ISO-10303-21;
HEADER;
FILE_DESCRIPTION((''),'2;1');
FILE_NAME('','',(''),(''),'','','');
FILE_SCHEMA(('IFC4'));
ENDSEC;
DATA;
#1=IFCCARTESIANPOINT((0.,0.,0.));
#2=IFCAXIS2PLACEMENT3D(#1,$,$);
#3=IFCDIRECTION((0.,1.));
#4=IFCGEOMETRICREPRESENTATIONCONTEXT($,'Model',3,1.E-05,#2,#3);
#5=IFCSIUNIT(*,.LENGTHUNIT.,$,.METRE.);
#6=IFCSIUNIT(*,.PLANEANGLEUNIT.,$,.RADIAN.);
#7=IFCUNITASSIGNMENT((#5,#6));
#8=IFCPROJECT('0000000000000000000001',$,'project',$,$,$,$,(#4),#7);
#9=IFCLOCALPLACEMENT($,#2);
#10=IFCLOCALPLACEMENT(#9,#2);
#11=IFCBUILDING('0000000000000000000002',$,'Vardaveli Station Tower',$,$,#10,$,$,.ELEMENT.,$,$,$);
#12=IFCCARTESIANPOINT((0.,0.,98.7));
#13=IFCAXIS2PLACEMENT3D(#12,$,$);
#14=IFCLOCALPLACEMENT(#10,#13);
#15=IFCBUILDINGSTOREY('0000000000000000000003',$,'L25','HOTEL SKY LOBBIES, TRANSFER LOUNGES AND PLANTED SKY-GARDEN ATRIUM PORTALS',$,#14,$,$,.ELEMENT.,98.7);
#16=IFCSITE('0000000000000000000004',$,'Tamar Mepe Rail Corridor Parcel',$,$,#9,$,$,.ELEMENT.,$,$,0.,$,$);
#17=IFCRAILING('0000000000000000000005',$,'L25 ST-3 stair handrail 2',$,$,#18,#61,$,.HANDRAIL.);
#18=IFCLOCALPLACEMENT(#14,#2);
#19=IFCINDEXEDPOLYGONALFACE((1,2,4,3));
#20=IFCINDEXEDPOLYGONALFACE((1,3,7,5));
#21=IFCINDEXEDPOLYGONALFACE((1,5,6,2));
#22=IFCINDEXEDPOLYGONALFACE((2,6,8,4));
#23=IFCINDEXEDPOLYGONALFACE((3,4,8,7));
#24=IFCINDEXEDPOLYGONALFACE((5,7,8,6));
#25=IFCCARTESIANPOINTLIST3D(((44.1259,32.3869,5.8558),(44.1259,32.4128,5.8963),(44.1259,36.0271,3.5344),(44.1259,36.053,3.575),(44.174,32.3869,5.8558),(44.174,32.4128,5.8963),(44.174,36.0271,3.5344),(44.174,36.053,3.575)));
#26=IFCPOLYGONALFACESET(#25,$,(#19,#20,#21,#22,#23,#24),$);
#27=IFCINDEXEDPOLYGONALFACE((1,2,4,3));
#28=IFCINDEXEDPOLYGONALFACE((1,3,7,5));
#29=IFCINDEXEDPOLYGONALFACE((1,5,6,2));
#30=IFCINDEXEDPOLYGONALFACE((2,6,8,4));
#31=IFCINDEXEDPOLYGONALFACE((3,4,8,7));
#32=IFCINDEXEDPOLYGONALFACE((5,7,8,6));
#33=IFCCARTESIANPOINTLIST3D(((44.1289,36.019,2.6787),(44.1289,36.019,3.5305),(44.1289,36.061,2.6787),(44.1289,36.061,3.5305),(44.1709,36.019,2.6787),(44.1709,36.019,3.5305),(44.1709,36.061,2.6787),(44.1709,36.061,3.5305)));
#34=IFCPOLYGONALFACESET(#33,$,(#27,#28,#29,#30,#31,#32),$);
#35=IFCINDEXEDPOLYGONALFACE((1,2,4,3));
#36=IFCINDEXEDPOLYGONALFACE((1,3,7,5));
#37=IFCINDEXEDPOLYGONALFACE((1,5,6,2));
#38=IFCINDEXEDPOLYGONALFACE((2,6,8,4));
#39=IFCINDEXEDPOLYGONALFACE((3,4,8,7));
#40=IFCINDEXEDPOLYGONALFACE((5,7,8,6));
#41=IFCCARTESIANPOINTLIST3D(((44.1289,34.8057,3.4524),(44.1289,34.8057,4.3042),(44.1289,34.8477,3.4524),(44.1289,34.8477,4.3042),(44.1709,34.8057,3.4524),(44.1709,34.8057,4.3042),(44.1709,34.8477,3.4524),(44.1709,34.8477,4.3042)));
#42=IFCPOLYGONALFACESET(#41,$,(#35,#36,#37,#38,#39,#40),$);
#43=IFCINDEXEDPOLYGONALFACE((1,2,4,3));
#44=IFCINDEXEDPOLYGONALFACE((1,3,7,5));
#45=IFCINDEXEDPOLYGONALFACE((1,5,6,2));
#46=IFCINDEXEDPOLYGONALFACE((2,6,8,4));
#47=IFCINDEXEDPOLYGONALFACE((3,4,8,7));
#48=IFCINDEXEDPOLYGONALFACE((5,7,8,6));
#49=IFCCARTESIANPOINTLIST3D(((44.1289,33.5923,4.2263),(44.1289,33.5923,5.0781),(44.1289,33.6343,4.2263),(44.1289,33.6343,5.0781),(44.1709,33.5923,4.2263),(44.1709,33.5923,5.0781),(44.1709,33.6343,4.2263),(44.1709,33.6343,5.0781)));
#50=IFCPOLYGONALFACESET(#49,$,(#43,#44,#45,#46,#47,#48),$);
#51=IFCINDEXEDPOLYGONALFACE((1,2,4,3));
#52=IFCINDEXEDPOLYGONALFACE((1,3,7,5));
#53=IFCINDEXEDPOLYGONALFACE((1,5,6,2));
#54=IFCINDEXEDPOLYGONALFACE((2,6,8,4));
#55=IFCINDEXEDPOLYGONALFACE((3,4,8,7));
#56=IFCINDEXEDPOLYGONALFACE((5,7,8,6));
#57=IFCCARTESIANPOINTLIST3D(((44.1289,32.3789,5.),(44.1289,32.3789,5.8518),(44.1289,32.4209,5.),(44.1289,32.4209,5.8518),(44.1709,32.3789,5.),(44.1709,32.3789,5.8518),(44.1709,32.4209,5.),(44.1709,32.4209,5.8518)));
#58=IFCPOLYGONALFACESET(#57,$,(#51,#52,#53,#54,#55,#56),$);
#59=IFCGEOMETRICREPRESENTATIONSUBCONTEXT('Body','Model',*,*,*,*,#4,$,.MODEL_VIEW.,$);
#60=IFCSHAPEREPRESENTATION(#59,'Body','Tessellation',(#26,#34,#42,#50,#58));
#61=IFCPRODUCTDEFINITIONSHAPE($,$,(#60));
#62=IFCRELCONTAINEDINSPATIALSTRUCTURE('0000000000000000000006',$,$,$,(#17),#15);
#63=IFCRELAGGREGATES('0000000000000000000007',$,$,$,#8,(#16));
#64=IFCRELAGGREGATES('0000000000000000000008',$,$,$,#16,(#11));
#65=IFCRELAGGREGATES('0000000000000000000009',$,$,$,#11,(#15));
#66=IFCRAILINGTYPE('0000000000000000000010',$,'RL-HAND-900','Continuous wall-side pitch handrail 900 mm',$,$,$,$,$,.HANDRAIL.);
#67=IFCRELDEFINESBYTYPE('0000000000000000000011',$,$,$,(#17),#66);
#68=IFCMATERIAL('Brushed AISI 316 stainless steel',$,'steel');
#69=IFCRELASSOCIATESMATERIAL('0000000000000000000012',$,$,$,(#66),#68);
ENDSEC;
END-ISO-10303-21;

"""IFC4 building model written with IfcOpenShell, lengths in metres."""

from ifc_helpers import new_model, si_unit, direction, frame, origin, origin_2d, place, context, subcontext, project, spatial, rectangle, extrude, source, transform, mapped, material, type_object, element, save


model = new_model("IFC4")

# Units and contexts
model_context = context("Model", 3, precision=1e-05, world=origin(), true_north=direction((0.0, 1.0)))
body_context = subcontext(model_context, "Body", "Model", "MODEL_VIEW")
ifc_project = project(units=[si_unit("LENGTHUNIT", "METRE"), si_unit("PLANEANGLEUNIT", "RADIAN")], contexts=[model_context])

# Site, building, storey
site_placement = place(None, origin())
site = spatial("IfcSite", under=ifc_project, at=site_placement, Name="Tamar Mepe Rail Corridor Parcel", CompositionType="ELEMENT", RefElevation=0.0)
building_placement = place(site_placement, origin())
building = spatial("IfcBuilding", under=site, at=building_placement, Name="Vardaveli Station Tower", CompositionType="ELEMENT")
storey_placement = place(building_placement, frame((0.0, 0.0, 98.7)))
storey = spatial("IfcBuildingStorey", under=building, at=storey_placement, Name="L25", Description="HOTEL SKY LOBBIES, TRANSFER LOUNGES AND PLANTED SKY-GARDEN ATRIUM PORTALS", CompositionType="ELEMENT", Elevation=98.7)

# Railing
ifc_material_1 = material(Name="Brushed AISI 316 stainless steel", Category="steel")
railing_type_1 = type_object("IfcRailingType", Name="RL-HAND-900", Description="Continuous wall-side pitch handrail 900 mm", PredefinedType="HANDRAIL", material=ifc_material_1)
shared_shape_1 = source(origin(), body_context, "Body", "SweptSolid", [
    extrude(rectangle(XDim=0.0481, YDim=0.0481, at=origin_2d()), frame((0.0, 0.0, 0.876), z_axis=(0.0, -0.843153, 0.537673), x_axis=(1.0, 0.0, 0.0)), (0.0, 0.0, 1.0), 4.3174),
    extrude(rectangle(XDim=0.042, YDim=0.042, at=origin_2d()), origin(), (0.0, 0.0, 1.0), 0.8518),
    extrude(rectangle(XDim=0.042, YDim=0.042, at=origin_2d()), frame((0.0, -1.2134, 0.7737)), (0.0, 0.0, 1.0), 0.8518),
    extrude(rectangle(XDim=0.042, YDim=0.042, at=origin_2d()), frame((0.0, -2.4268, 1.5476)), (0.0, 0.0, 1.0), 0.8518),
    extrude(rectangle(XDim=0.042, YDim=0.042, at=origin_2d()), frame((0.0, -3.6401, 2.3213)), (0.0, 0.0, 1.0), 0.8518),
])
railing_1_placement = place(storey_placement, frame((44.1499, 36.04, 2.6787)))
element("IfcRailing", 1, at=railing_1_placement, inside=storey, type_object=railing_type_1, Name="L25 ST-3 stair handrail 2", PredefinedType="HANDRAIL", context=body_context, shape_type="MappedRepresentation", body=[
    mapped(shared_shape_1, transform((0.0, 0.0, 0.0), scale=1.0)),
])

save(model, "model.ifc")
